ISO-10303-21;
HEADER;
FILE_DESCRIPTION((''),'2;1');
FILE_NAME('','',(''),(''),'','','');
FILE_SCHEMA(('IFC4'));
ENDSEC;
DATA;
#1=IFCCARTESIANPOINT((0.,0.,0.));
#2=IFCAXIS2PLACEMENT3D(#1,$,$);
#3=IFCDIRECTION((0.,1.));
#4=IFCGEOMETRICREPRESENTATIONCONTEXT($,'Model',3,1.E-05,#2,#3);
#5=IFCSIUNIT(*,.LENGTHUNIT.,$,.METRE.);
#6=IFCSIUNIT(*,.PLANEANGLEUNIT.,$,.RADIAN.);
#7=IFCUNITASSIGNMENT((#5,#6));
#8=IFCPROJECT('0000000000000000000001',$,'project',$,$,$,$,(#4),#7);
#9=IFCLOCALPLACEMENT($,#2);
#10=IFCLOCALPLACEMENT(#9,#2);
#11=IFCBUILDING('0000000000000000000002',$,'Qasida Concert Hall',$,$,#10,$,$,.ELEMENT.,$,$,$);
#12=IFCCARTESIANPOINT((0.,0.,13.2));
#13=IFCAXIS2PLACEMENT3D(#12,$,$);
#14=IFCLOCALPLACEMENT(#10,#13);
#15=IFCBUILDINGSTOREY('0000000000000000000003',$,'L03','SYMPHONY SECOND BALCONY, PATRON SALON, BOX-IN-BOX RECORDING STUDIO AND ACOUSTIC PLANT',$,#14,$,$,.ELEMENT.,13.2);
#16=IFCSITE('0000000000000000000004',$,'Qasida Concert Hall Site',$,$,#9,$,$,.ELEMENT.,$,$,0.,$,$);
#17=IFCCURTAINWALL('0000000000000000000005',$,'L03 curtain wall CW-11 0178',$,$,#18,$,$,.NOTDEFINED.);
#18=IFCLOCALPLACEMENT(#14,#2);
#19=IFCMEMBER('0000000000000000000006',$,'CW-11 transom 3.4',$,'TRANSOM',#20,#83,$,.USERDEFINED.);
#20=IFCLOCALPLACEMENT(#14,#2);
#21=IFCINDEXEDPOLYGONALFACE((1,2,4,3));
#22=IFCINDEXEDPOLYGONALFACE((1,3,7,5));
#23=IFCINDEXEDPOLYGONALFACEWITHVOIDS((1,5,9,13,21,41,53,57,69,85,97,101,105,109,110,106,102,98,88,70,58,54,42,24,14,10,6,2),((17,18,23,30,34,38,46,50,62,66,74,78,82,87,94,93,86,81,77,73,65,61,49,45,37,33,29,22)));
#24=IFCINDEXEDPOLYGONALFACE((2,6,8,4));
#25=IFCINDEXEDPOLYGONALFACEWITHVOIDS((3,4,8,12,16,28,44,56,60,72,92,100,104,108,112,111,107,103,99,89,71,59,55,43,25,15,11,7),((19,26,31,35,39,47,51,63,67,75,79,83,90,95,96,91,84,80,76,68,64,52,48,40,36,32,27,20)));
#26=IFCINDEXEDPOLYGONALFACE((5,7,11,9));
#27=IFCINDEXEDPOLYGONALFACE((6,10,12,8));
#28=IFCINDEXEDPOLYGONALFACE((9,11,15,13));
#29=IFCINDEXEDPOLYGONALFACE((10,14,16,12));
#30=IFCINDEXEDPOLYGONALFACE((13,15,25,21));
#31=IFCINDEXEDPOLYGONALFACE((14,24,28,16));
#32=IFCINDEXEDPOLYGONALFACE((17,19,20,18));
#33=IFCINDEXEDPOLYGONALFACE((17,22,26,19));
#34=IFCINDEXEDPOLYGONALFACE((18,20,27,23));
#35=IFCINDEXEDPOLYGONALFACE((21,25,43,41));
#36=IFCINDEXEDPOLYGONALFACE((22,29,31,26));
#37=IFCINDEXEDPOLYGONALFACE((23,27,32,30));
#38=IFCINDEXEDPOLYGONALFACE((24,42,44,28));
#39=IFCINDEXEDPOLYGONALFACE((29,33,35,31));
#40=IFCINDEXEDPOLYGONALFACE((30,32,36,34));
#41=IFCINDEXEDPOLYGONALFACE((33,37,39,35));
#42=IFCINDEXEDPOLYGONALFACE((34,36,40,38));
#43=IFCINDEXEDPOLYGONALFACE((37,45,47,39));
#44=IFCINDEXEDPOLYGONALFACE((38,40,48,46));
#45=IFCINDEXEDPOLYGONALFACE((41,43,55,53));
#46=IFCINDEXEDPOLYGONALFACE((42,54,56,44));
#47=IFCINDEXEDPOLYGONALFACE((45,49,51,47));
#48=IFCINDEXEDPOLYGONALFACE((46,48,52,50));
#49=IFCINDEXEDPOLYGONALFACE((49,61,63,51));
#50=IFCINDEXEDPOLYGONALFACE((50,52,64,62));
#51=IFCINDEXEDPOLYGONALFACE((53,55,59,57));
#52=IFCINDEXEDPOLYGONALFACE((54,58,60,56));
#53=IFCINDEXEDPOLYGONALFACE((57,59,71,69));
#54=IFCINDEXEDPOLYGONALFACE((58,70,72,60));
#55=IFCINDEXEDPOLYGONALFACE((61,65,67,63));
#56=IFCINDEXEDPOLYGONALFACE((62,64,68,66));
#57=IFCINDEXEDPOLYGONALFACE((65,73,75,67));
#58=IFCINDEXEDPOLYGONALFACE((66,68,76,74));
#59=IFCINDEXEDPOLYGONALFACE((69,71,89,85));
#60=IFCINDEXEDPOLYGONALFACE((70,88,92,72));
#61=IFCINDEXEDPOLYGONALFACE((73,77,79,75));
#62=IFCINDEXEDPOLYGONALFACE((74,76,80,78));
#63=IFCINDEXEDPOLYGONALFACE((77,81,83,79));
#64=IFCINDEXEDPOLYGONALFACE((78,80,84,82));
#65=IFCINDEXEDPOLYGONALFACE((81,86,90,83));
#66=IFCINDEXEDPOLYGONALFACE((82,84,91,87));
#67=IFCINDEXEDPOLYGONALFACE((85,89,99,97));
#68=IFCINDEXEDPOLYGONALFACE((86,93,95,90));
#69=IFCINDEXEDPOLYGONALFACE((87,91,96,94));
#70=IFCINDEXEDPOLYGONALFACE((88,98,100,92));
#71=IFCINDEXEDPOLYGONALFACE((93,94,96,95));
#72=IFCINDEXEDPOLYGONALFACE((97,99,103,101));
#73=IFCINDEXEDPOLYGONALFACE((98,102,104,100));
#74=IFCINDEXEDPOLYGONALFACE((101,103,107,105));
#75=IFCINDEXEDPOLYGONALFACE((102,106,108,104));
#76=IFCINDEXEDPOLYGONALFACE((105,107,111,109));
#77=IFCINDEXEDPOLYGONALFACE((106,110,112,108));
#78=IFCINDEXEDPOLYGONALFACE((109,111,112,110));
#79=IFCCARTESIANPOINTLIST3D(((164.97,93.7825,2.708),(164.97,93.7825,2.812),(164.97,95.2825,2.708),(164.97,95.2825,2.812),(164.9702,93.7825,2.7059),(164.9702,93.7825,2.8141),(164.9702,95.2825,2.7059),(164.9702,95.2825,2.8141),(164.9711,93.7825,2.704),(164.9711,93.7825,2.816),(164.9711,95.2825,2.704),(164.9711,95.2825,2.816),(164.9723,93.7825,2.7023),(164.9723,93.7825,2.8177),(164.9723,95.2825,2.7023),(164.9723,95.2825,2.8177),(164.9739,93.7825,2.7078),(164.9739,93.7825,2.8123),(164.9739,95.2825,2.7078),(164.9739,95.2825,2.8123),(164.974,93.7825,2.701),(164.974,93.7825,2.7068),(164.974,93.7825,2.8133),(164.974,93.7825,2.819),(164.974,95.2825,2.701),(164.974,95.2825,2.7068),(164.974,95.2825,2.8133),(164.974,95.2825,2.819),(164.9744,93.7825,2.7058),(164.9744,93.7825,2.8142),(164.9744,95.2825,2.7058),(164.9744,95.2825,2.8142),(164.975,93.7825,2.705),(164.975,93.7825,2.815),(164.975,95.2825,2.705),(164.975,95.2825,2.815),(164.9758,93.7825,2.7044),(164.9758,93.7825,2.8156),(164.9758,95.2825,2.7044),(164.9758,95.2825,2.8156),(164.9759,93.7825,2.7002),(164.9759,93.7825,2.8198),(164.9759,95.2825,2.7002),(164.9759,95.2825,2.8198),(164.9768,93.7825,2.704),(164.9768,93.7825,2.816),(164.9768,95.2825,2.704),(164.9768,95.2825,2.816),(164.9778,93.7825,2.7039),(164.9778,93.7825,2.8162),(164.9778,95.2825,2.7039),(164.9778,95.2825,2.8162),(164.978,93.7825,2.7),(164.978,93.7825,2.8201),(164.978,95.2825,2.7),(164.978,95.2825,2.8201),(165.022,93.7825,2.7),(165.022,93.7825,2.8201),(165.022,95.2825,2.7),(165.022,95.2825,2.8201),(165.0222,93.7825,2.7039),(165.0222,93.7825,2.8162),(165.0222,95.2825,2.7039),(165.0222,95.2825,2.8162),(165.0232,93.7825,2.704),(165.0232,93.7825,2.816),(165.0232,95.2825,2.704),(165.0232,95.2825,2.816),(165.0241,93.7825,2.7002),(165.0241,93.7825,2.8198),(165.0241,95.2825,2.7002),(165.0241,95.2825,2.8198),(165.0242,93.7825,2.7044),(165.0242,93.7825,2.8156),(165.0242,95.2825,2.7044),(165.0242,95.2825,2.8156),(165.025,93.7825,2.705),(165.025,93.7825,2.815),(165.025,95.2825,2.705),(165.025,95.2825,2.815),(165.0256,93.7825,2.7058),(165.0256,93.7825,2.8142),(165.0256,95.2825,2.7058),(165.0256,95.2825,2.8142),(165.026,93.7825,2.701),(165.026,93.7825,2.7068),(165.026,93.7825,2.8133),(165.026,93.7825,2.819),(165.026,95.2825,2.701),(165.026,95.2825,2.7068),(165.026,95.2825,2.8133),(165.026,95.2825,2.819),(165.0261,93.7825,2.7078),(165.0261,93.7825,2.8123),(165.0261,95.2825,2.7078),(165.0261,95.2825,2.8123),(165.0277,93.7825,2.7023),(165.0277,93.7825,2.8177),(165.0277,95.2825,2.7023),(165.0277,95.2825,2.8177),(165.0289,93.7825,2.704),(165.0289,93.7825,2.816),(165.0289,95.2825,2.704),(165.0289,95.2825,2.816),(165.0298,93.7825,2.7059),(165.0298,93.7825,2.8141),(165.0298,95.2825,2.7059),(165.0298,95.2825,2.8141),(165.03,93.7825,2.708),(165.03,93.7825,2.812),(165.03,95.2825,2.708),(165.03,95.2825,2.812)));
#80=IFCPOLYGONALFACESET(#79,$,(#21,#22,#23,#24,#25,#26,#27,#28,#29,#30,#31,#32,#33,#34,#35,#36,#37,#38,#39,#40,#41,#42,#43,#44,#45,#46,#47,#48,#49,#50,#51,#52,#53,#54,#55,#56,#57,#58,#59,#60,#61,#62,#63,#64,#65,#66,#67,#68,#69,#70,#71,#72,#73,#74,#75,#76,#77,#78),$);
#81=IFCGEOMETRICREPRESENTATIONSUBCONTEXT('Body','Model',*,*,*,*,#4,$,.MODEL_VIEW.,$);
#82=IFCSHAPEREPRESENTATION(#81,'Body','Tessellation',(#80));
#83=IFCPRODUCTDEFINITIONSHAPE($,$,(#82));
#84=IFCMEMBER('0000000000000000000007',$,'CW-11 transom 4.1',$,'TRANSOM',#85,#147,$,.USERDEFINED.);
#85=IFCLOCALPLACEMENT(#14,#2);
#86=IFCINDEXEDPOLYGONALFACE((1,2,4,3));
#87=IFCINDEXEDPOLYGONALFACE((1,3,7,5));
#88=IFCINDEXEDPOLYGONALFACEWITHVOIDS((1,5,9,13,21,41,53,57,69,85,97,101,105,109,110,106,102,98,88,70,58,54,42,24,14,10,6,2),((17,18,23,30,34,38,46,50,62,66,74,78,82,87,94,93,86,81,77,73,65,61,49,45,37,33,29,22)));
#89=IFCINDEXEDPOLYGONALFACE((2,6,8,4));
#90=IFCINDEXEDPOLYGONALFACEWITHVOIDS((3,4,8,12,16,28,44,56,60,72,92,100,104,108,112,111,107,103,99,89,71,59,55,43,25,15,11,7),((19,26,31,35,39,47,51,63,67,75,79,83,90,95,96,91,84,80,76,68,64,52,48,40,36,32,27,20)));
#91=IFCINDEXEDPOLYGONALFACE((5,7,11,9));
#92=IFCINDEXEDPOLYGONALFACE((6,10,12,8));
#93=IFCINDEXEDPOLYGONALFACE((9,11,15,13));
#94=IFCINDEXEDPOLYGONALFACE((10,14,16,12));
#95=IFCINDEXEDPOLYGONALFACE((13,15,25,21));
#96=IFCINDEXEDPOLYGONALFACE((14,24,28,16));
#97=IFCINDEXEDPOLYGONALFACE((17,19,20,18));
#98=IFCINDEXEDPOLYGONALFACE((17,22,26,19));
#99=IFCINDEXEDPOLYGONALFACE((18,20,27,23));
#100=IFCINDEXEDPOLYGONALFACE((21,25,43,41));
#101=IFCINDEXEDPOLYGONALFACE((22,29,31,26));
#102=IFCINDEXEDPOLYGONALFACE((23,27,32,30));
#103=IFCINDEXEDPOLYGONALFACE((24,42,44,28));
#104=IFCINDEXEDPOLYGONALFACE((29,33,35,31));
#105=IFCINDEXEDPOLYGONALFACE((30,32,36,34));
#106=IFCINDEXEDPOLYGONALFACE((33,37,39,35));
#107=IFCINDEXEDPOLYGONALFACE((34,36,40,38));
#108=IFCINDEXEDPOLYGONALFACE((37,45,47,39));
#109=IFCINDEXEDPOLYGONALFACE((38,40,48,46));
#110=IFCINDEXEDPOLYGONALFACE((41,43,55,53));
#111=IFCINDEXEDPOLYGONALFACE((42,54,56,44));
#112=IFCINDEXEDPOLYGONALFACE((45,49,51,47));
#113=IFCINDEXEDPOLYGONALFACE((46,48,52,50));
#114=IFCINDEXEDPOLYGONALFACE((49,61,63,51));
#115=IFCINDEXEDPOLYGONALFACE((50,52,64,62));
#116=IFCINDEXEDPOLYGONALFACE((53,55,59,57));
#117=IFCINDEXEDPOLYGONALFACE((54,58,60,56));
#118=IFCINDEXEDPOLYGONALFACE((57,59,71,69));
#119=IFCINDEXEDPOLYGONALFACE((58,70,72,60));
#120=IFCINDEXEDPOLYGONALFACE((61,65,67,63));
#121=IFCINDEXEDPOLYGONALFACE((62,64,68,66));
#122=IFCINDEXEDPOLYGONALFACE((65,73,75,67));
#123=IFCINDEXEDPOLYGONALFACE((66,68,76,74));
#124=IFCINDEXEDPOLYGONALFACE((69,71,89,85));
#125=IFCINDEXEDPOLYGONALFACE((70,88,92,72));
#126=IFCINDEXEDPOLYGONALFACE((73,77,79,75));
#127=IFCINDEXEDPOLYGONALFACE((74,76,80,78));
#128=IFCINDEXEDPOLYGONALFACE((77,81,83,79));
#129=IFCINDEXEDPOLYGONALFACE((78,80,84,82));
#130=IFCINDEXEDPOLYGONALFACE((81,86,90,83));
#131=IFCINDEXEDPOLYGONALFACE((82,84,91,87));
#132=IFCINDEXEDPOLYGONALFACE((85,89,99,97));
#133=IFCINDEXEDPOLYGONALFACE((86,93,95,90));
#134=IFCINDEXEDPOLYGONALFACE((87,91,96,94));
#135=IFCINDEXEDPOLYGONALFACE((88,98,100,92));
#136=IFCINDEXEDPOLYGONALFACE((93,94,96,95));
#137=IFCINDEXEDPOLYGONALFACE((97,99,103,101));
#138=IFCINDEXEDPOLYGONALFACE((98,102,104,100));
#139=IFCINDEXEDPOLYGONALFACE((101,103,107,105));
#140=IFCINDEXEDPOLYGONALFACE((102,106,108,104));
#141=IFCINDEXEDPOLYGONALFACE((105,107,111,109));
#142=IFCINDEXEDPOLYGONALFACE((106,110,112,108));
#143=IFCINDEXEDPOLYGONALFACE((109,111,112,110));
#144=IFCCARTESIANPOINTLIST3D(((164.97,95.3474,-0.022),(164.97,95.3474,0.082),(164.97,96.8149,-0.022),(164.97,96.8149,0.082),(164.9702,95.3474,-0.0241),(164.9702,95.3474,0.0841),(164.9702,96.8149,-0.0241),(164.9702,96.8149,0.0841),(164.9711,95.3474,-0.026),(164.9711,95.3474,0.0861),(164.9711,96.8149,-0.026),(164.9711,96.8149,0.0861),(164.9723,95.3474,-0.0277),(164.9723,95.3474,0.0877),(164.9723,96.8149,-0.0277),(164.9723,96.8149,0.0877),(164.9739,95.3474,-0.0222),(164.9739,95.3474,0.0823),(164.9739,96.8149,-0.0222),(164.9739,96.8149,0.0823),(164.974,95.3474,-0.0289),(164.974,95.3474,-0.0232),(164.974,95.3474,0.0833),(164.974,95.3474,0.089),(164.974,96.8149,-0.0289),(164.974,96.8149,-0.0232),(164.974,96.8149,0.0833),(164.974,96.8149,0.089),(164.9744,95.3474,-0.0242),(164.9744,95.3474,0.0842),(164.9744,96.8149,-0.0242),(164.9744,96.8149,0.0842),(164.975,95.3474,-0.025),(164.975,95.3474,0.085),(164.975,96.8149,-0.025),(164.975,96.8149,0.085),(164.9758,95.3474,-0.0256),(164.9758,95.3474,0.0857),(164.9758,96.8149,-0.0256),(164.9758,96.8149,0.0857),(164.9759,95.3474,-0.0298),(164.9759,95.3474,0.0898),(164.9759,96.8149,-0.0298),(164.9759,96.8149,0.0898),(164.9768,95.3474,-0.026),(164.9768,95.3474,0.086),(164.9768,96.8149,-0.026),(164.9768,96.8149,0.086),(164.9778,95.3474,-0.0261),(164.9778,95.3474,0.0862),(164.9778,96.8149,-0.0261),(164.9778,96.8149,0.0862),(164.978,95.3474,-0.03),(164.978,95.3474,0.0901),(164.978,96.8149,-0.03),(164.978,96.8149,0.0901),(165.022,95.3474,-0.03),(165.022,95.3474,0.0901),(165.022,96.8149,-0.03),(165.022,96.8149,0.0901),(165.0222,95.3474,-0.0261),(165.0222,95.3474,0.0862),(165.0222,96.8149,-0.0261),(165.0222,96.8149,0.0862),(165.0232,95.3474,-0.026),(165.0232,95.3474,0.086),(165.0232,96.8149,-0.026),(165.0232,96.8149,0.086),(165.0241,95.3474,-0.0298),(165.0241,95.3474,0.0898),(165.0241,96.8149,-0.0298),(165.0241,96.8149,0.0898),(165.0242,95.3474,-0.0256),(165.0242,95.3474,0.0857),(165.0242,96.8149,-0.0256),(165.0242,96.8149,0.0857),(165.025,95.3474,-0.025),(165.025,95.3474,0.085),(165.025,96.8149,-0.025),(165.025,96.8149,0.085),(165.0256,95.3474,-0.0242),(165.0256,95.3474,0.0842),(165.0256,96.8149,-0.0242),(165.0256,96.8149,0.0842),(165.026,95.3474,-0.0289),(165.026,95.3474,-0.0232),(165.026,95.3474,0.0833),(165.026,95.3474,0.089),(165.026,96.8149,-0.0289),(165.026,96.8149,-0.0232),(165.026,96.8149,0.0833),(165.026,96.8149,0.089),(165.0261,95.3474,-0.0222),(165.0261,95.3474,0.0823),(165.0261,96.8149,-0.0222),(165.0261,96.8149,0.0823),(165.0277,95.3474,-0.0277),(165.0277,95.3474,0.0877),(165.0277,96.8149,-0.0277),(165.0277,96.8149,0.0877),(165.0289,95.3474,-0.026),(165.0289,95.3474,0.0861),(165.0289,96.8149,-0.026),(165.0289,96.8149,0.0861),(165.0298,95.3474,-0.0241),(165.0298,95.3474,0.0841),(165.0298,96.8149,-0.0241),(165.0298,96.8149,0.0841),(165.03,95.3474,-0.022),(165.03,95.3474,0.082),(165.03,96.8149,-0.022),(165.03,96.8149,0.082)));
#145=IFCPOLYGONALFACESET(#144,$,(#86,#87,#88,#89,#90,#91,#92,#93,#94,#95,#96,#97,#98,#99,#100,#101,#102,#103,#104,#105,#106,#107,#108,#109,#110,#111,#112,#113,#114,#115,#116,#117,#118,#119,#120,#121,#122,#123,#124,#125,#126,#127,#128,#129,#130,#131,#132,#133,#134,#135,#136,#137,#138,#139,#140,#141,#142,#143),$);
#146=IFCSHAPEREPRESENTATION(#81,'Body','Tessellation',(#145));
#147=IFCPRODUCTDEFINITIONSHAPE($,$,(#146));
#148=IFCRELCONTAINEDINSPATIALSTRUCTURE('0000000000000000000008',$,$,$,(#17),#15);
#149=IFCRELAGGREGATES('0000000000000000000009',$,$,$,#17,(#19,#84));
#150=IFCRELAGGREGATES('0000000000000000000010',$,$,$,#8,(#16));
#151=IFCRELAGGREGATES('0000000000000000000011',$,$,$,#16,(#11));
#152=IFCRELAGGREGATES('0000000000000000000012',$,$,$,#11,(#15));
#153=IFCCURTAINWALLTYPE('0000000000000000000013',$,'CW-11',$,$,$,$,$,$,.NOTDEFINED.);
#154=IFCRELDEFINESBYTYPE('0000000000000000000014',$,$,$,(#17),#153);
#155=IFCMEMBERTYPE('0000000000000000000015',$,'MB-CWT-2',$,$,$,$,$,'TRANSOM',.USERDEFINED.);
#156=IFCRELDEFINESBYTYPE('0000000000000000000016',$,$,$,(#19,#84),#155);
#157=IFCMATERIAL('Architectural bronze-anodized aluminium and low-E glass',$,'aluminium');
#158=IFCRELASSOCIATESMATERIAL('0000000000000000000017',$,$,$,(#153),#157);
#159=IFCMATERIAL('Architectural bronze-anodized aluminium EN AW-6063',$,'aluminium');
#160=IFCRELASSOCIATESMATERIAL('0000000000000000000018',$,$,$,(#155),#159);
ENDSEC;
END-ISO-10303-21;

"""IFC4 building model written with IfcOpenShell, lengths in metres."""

from ifc_helpers import new_model, si_unit, direction, frame, origin, origin_2d, place, context, subcontext, project, spatial, hollow_rectangle, extrude, material, material_profile, profile_set, type_object, element, aggregate, save


model = new_model("IFC4")

# Units and contexts
model_context = context("Model", 3, precision=1e-05, world=origin(), true_north=direction((0.0, 1.0)))
body_context = subcontext(model_context, "Body", "Model", "MODEL_VIEW")
ifc_project = project(units=[si_unit("LENGTHUNIT", "METRE"), si_unit("PLANEANGLEUNIT", "RADIAN")], contexts=[model_context])

# Site, building, storey
site_placement = place(None, origin())
site = spatial("IfcSite", under=ifc_project, at=site_placement, Name="Qasida Concert Hall Site", CompositionType="ELEMENT", RefElevation=0.0)
building_placement = place(site_placement, origin())
building = spatial("IfcBuilding", under=site, at=building_placement, Name="Qasida Concert Hall", CompositionType="ELEMENT")
storey_placement = place(building_placement, frame((0.0, 0.0, 13.2)))
storey = spatial("IfcBuildingStorey", under=building, at=storey_placement, Name="L03", Description="SYMPHONY SECOND BALCONY, PATRON SALON, BOX-IN-BOX RECORDING STUDIO AND ACOUSTIC PLANT", CompositionType="ELEMENT", Elevation=13.2)

# Curtain wall
ifc_material_1 = material(Name="Architectural bronze-anodized aluminium and low-E glass", Category="aluminium")
curtain_wall_type = type_object("IfcCurtainWallType", Name="CW-11", PredefinedType="NOTDEFINED", material=ifc_material_1)
curtain_wall_1_placement = place(storey_placement, origin())
curtain_wall_1 = element("IfcCurtainWall", 1, at=curtain_wall_1_placement, inside=storey, type_object=curtain_wall_type, Name="L03 curtain wall CW-11 0178", PredefinedType="NOTDEFINED")
ifc_material_2 = material(Name="Architectural bronze-anodized aluminium EN AW-6063", Category="aluminium")

# Members
ifc_material_profile_1 = material_profile(ifc_material_2, hollow_rectangle(XDim=0.0601, YDim=0.1201, WallThickness=0.0039, InnerFilletRadius=0.0039, OuterFilletRadius=0.0081, at=origin_2d()), Name="CWT 120x60x4")
ifc_profile_set_1 = profile_set([ifc_material_profile_1], Name="Architectural bronze-anodized aluminium EN AW-6063")
member_type_1 = type_object("IfcMemberType", Name="MB-CWT-2", ElementType="TRANSOM", PredefinedType="USERDEFINED", material=ifc_profile_set_1)
member_1_placement = place(storey_placement, frame((165.0, 93.7825, 2.76), z_axis=(0.0, 1.0, 0.0), x_axis=(-1.0, 0.0, 0.0)))
member_1 = element("IfcMember", 2, at=member_1_placement, type_object=member_type_1, Name="CW-11 transom 3.4", ObjectType="TRANSOM", PredefinedType="USERDEFINED", context=body_context, shape_type="SweptSolid", body=[
    extrude(hollow_rectangle(XDim=0.0601, YDim=0.1201, WallThickness=0.0039, InnerFilletRadius=0.0039, OuterFilletRadius=0.0081, at=origin_2d()), origin(), (0.0, 0.0, 1.0), 1.5),
])
member_2_placement = place(storey_placement, frame((165.0, 95.3474, 0.03), z_axis=(0.0, 1.0, 0.0), x_axis=(-1.0, 0.0, 0.0)))
member_2 = element("IfcMember", 3, at=member_2_placement, type_object=member_type_1, Name="CW-11 transom 4.1", ObjectType="TRANSOM", PredefinedType="USERDEFINED", context=body_context, shape_type="SweptSolid", body=[
    extrude(hollow_rectangle(XDim=0.0601, YDim=0.1201, WallThickness=0.0039, InnerFilletRadius=0.0039, OuterFilletRadius=0.0081, at=origin_2d()), origin(), (0.0, 0.0, 1.0), 1.4675),
])

aggregate(curtain_wall_1, [member_1, member_2])

save(model, "model.ifc")
